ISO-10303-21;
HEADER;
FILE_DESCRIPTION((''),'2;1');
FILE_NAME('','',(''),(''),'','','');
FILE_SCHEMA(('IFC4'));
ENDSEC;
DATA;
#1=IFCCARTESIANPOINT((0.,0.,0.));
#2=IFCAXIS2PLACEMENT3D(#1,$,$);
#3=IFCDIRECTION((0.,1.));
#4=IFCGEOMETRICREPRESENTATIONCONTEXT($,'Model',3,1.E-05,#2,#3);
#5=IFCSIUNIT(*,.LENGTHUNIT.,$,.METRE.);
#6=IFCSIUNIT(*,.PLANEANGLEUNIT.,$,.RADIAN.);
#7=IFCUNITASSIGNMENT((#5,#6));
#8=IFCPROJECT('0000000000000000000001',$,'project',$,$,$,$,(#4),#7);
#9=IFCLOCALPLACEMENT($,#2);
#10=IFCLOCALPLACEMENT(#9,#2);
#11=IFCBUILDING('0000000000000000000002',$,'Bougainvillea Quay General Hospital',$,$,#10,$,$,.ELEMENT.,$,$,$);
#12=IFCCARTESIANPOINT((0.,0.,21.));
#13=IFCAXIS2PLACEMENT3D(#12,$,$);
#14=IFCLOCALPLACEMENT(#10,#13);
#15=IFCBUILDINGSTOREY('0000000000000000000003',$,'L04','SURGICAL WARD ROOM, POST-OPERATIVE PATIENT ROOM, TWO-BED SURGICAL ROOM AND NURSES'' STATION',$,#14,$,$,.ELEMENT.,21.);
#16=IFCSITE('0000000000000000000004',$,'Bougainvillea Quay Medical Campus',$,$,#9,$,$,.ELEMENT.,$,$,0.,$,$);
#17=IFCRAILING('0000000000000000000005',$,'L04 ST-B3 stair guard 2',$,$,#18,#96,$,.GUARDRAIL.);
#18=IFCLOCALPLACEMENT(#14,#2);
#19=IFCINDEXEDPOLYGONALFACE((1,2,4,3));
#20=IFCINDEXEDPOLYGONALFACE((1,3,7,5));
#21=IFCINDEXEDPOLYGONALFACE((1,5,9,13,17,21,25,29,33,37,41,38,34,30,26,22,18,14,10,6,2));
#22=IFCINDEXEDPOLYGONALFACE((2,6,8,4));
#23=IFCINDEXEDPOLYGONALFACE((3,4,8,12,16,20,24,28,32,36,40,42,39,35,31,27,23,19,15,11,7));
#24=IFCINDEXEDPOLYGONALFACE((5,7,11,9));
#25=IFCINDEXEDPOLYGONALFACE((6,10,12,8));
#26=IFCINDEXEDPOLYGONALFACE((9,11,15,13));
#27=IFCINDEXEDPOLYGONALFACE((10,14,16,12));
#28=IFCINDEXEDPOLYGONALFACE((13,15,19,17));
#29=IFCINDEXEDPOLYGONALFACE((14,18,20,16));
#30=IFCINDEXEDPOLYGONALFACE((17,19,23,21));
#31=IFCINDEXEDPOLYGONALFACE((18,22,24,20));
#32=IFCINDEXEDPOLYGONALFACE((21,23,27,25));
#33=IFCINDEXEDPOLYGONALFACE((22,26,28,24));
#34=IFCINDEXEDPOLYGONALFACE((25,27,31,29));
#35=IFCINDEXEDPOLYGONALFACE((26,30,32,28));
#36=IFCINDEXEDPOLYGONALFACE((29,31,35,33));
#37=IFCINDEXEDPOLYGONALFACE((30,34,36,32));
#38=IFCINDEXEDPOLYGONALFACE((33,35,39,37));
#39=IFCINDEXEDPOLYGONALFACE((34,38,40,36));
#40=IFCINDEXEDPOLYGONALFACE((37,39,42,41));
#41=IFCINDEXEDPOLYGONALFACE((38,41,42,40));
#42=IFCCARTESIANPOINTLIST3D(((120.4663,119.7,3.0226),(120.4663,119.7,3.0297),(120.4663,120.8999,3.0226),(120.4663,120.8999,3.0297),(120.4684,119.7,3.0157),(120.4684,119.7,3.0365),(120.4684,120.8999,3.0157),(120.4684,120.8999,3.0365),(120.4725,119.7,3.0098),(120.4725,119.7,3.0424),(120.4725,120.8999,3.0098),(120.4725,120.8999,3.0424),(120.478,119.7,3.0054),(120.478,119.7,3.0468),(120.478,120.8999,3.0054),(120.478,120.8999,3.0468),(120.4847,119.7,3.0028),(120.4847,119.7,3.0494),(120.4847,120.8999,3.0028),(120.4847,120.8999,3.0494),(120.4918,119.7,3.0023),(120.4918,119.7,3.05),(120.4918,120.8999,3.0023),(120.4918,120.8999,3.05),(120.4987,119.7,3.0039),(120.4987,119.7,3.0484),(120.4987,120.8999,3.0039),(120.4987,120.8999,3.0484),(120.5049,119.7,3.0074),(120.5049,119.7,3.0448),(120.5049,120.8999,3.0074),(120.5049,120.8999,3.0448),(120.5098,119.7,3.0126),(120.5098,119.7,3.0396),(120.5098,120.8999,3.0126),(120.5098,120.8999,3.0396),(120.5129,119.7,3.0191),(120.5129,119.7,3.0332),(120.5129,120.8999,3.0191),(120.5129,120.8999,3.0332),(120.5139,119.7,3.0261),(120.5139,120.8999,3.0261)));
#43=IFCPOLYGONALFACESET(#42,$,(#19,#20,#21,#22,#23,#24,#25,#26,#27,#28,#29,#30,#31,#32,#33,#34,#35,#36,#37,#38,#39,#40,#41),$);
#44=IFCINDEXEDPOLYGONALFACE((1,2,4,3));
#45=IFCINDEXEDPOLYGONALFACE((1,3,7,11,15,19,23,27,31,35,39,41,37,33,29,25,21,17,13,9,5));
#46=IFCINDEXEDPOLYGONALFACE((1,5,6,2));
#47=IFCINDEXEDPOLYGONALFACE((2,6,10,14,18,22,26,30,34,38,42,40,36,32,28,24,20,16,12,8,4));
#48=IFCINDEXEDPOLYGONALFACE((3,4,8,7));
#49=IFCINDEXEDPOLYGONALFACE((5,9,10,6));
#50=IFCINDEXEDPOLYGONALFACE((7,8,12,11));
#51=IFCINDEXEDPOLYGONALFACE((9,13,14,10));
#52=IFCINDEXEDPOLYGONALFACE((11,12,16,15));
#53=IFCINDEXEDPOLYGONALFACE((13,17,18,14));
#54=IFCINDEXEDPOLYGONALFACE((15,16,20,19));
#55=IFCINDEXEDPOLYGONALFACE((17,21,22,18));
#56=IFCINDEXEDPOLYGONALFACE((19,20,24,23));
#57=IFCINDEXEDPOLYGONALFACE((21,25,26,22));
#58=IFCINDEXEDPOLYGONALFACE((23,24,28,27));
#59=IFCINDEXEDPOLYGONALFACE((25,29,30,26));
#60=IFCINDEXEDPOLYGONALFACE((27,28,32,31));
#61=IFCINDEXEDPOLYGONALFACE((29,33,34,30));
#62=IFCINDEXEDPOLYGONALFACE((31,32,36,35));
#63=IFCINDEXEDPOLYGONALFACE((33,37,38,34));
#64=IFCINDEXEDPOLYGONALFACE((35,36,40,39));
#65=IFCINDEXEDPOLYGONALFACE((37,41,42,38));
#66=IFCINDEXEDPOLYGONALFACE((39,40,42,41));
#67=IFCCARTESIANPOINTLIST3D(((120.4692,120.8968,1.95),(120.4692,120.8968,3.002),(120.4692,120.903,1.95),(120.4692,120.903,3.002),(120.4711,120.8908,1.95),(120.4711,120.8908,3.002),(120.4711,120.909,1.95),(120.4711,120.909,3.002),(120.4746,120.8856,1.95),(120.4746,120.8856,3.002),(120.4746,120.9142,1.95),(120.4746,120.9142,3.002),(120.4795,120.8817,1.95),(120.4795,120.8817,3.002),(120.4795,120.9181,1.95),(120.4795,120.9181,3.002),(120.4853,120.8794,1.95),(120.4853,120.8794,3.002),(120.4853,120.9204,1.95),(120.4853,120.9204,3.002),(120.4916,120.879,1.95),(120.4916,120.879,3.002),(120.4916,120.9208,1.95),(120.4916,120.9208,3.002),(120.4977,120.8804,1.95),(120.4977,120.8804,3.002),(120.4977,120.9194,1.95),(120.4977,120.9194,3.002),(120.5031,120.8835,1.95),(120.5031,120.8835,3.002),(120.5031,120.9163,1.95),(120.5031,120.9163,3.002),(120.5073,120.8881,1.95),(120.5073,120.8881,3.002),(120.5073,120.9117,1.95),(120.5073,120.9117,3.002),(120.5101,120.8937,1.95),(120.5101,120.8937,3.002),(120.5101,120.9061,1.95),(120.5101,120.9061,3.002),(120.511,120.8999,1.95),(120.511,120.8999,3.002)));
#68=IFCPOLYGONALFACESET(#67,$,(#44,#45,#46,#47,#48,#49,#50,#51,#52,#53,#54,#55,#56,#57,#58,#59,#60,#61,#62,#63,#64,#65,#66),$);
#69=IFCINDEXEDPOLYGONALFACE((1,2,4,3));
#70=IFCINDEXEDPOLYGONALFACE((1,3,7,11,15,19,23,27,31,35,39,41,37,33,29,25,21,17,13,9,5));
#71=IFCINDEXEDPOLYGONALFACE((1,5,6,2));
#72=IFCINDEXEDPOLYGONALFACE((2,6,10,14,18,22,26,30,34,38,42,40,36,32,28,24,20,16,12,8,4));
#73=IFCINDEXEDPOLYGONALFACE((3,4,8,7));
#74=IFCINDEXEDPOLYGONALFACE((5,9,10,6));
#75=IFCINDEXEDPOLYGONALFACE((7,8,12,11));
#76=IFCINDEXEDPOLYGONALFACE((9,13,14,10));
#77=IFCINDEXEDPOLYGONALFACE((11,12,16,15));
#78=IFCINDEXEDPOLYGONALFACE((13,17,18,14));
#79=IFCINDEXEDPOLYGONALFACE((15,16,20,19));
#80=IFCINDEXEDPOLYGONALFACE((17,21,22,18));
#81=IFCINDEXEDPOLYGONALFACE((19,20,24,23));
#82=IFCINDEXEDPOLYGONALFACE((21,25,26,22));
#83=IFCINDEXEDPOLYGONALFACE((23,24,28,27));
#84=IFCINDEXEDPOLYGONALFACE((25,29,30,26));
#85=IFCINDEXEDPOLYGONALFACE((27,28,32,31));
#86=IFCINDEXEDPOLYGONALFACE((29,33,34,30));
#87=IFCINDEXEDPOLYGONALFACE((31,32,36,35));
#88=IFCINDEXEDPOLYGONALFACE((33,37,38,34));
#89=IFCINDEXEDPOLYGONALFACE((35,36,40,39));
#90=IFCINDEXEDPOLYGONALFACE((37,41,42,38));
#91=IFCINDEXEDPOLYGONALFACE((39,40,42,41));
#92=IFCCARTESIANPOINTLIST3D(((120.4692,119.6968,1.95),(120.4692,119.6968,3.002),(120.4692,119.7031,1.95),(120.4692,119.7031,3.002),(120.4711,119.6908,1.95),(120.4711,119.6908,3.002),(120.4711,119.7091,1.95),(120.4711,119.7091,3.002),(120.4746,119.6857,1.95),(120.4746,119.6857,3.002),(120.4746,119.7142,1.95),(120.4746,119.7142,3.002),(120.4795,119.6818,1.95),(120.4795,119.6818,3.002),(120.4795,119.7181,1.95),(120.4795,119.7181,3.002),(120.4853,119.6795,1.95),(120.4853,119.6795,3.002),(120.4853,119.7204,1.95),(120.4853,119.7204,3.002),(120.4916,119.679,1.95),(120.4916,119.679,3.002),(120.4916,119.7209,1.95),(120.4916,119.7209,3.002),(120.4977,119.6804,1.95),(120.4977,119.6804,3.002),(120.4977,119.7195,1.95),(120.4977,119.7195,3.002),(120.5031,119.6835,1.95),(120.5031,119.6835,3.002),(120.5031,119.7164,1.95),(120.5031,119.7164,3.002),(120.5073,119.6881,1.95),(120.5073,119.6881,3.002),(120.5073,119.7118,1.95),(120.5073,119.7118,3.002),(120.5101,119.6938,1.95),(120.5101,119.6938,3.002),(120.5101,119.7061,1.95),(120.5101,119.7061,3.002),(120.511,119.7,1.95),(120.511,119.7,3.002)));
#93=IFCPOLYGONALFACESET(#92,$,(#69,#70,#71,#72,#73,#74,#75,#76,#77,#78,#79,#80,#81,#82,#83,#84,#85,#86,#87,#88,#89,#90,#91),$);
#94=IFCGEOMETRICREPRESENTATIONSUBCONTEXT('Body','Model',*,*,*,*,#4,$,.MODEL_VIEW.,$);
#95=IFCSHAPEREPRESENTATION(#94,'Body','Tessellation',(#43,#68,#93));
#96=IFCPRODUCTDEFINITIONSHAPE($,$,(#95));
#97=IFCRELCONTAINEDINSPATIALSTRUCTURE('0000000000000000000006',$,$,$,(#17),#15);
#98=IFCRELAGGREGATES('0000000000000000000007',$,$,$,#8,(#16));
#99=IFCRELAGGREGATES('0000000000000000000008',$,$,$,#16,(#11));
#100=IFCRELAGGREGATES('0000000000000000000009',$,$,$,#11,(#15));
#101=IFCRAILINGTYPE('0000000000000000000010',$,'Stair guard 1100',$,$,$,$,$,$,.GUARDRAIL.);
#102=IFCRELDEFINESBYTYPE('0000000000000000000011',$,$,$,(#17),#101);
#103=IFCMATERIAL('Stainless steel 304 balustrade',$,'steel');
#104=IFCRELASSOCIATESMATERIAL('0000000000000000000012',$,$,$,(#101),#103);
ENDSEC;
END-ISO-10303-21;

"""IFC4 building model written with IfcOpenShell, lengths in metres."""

from ifc_helpers import new_model, si_unit, direction, frame, origin, origin_2d, place, context, subcontext, project, spatial, circle, extrude, material, type_object, element, save


model = new_model("IFC4")

# Units and contexts
model_context = context("Model", 3, precision=1e-05, world=origin(), true_north=direction((0.0, 1.0)))
body_context = subcontext(model_context, "Body", "Model", "MODEL_VIEW")
ifc_project = project(units=[si_unit("LENGTHUNIT", "METRE"), si_unit("PLANEANGLEUNIT", "RADIAN")], contexts=[model_context])

# Site, building, storey
site_placement = place(None, origin())
site = spatial("IfcSite", under=ifc_project, at=site_placement, Name="Bougainvillea Quay Medical Campus", CompositionType="ELEMENT", RefElevation=0.0)
building_placement = place(site_placement, origin())
building = spatial("IfcBuilding", under=site, at=building_placement, Name="Bougainvillea Quay General Hospital", CompositionType="ELEMENT")
storey_placement = place(building_placement, frame((0.0, 0.0, 21.0)))
storey = spatial("IfcBuildingStorey", under=building, at=storey_placement, Name="L04", Description="SURGICAL WARD ROOM, POST-OPERATIVE PATIENT ROOM, TWO-BED SURGICAL ROOM AND NURSES' STATION", CompositionType="ELEMENT", Elevation=21.0)

# Railing
ifc_material_1 = material(Name="Stainless steel 304 balustrade", Category="steel")
railing_type_1 = type_object("IfcRailingType", Name="Stair guard 1100", PredefinedType="GUARDRAIL", material=ifc_material_1)
railing_1_placement = place(storey_placement, frame((120.49, 120.8999, 1.95)))
element("IfcRailing", 1, at=railing_1_placement, inside=storey, type_object=railing_type_1, Name="L04 ST-B3 stair guard 2", PredefinedType="GUARDRAIL", context=body_context, shape_type="SweptSolid", body=[
    extrude(circle(Radius=0.0239, at=origin_2d()), frame((0.0, 0.0, 1.0762), z_axis=(0.0, -1.0, 0.0), x_axis=(1.0, 0.0, 0.0)), (0.0, 0.0, 1.0), 1.2),
    extrude(circle(Radius=0.021, at=origin_2d()), origin(), (0.0, 0.0, 1.0), 1.052),
    extrude(circle(Radius=0.021, at=origin_2d()), frame((0.0, -1.2, 0.0)), (0.0, 0.0, 1.0), 1.052),
])

save(model, "model.ifc")
